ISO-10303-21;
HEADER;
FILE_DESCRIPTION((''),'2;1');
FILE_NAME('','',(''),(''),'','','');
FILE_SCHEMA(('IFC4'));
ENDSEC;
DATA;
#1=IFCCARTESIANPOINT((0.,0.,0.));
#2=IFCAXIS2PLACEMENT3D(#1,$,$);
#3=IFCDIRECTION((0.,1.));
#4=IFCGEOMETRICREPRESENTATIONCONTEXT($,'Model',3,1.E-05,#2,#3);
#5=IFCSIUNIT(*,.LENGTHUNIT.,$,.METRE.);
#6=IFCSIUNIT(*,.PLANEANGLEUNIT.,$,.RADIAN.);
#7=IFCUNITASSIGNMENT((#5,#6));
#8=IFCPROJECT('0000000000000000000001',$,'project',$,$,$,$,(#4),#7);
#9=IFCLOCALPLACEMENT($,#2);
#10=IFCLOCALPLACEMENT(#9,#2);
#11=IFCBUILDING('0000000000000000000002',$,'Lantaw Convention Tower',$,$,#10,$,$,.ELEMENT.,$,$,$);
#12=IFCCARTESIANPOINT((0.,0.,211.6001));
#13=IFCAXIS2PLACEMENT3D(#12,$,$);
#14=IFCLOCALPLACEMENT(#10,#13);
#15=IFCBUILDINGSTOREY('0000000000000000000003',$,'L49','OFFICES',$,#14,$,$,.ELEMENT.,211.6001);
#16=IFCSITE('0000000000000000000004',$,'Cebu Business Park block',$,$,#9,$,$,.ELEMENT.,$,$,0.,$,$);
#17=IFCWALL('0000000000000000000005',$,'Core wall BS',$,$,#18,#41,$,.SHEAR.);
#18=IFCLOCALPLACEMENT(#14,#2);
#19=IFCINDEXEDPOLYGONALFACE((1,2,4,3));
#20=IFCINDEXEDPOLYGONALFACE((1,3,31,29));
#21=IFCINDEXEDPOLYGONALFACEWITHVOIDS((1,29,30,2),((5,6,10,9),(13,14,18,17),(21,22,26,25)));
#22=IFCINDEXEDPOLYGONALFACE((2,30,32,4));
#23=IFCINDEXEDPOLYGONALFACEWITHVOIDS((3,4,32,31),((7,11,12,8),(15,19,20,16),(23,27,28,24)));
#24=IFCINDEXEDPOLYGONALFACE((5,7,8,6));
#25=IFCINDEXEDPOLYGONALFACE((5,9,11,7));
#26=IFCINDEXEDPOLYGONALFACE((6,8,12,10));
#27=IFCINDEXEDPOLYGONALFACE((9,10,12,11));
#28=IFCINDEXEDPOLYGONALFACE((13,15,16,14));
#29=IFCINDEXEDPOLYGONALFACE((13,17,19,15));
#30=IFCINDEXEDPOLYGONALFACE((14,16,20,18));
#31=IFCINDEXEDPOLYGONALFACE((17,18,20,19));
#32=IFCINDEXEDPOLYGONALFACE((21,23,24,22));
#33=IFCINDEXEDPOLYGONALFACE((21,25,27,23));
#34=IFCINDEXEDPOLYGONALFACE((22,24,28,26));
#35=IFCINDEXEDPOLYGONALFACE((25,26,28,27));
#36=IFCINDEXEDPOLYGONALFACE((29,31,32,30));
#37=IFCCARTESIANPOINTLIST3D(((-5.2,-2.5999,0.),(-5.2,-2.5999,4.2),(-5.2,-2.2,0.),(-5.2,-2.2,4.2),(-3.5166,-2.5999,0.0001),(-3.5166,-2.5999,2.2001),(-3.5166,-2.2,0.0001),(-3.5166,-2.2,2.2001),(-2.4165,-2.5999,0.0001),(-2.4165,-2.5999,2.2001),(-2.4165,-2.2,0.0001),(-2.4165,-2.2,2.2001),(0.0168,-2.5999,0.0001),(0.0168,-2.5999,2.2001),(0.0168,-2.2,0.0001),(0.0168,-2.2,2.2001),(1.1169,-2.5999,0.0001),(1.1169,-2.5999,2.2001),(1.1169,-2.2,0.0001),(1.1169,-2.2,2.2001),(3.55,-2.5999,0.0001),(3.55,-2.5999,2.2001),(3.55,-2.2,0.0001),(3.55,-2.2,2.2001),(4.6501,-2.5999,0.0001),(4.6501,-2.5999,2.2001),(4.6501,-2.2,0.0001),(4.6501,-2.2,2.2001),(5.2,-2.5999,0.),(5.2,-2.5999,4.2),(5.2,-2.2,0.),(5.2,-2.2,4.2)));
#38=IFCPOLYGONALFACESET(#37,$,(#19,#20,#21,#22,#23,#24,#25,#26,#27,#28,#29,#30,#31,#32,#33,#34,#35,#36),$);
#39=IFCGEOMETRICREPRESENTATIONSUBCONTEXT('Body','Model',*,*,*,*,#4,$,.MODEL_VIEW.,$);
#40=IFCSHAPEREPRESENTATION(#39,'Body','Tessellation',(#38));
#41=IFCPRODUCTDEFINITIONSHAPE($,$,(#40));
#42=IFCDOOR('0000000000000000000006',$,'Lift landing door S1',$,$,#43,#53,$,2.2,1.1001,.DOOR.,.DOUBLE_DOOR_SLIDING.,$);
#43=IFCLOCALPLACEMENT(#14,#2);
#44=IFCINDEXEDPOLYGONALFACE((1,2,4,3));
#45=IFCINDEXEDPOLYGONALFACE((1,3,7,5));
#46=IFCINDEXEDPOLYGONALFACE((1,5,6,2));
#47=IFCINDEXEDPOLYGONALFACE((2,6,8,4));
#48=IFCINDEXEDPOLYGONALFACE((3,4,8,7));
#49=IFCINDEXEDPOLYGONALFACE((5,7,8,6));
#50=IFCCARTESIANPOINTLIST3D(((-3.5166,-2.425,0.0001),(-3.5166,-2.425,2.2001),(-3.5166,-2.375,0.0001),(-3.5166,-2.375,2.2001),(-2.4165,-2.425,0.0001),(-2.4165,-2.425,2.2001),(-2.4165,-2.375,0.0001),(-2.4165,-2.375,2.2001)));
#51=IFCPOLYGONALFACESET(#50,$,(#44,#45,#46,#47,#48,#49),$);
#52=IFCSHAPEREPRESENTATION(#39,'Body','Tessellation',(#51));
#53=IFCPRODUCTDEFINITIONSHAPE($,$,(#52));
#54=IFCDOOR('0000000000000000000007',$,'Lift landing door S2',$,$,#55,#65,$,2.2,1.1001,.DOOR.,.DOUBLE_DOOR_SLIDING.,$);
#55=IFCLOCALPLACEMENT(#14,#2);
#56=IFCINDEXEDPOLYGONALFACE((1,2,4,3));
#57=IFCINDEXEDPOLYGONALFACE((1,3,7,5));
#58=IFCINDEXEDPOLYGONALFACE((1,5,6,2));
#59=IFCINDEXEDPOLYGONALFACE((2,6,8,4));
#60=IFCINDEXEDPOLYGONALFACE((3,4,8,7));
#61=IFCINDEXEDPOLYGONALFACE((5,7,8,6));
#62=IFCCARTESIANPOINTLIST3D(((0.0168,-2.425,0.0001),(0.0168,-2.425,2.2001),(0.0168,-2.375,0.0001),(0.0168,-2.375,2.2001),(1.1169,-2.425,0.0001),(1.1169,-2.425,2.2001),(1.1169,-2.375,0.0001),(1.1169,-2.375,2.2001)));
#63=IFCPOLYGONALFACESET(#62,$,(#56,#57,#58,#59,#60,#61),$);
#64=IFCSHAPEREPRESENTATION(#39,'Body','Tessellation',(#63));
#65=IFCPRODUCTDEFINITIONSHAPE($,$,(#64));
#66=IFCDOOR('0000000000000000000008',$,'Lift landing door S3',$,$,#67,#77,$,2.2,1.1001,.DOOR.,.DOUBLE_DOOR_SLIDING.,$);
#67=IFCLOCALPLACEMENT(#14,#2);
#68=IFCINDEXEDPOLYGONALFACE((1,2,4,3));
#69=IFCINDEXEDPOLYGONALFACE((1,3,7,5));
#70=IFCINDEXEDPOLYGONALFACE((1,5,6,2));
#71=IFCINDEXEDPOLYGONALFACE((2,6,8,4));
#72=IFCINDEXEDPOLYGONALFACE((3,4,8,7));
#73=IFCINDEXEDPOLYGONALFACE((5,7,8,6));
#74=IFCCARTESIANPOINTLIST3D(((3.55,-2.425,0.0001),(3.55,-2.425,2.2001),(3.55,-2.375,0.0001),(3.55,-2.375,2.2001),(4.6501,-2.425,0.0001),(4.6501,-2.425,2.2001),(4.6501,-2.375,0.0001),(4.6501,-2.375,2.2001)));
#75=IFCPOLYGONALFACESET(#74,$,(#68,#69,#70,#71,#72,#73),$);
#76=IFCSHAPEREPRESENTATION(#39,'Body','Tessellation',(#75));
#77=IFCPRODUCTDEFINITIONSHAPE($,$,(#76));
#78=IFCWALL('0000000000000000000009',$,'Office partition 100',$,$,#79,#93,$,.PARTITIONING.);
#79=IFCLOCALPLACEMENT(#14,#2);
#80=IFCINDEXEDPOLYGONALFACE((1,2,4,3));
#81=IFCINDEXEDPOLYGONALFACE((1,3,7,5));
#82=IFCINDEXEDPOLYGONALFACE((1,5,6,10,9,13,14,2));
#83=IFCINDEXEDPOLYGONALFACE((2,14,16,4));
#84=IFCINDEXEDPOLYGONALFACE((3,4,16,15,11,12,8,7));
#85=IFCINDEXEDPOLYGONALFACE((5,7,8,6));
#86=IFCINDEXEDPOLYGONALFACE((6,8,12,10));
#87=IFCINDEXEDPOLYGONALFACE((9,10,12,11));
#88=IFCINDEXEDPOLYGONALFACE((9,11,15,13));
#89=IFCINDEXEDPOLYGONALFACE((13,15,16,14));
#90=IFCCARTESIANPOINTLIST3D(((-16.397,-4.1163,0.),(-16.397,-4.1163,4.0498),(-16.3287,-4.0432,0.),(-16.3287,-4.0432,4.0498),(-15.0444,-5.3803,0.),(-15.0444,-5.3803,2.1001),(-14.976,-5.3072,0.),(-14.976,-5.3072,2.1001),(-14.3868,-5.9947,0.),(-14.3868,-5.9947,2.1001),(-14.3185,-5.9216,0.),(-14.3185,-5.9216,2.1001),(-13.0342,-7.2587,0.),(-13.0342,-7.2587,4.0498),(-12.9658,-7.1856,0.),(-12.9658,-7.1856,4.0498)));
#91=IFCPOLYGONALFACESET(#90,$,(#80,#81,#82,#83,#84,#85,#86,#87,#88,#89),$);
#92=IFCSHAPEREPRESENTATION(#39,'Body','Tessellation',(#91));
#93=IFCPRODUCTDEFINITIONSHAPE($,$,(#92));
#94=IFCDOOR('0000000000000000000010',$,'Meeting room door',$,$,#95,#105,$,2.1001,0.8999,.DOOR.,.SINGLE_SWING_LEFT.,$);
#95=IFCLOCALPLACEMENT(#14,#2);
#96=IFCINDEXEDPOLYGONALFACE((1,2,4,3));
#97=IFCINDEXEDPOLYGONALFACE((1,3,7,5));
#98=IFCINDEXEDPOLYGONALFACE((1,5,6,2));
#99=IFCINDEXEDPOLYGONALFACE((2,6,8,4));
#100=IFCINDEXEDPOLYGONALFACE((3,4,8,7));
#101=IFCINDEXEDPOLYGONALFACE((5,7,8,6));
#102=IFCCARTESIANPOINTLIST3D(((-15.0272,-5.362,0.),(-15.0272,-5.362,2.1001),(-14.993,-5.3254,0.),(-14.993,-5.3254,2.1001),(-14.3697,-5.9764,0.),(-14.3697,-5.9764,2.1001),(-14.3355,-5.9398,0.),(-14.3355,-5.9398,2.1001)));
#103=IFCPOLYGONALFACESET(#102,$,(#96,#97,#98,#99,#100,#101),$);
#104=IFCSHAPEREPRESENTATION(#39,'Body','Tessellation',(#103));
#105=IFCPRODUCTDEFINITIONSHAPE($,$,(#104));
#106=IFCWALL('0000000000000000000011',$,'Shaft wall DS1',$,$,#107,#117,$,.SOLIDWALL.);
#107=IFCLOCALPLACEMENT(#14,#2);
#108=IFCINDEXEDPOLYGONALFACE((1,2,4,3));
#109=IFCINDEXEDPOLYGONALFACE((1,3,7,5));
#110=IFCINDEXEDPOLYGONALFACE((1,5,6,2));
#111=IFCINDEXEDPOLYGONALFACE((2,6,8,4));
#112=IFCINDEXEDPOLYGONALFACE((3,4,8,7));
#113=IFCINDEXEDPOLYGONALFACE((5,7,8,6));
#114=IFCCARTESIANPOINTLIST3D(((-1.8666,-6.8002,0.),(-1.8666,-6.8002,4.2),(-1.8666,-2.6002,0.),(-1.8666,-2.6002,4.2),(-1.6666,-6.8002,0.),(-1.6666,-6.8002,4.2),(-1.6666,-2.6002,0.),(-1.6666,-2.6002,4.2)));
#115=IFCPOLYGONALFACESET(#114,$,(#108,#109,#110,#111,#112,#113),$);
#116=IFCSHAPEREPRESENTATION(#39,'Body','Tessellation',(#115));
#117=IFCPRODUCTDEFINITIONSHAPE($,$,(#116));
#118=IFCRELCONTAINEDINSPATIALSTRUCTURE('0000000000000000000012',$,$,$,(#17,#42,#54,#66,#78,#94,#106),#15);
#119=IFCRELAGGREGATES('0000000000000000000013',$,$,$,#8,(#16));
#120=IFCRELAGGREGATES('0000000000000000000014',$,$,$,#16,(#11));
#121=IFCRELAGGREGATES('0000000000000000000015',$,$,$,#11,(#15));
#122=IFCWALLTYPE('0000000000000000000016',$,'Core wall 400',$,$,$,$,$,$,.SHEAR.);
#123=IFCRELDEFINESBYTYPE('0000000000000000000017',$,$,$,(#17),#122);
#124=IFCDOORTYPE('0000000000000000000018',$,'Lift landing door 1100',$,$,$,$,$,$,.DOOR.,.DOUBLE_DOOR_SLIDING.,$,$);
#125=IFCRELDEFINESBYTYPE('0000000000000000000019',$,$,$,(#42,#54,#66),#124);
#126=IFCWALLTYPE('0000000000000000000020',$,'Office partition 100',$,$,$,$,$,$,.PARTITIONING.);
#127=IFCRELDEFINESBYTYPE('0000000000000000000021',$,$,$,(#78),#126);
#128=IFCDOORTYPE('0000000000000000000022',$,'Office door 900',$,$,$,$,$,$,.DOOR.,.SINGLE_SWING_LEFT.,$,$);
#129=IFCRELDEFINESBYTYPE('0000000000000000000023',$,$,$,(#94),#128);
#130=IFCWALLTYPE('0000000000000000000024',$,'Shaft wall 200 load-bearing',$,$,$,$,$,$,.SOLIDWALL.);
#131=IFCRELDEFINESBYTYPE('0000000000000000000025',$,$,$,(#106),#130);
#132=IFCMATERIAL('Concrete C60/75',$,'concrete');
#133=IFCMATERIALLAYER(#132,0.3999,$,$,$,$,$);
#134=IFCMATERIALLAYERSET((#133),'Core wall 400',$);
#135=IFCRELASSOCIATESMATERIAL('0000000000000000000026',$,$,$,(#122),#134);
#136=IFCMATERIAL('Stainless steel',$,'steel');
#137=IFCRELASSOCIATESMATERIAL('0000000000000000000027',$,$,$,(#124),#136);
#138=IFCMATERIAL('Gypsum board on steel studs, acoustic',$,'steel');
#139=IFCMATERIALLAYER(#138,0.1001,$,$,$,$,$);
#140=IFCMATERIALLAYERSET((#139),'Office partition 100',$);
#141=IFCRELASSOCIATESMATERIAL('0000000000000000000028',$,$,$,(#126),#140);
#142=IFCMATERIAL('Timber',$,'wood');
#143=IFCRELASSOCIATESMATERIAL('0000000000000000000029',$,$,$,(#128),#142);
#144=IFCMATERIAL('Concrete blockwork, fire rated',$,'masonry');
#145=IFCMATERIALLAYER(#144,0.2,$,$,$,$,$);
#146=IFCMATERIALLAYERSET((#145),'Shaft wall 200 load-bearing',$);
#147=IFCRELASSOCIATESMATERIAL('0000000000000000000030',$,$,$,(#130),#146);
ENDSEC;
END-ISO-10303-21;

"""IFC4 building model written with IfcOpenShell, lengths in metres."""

from ifc_helpers import new_model, si_unit, direction, frame, frame_2d, origin, place, context, subcontext, project, spatial, rectangle, extrude, material, layer, layer_set, type_object, element, fill, save


model = new_model("IFC4")

# Units and contexts
model_context = context("Model", 3, precision=1e-05, world=origin(), true_north=direction((0.0, 1.0)))
body_context = subcontext(model_context, "Body", "Model", "MODEL_VIEW")
ifc_project = project(units=[si_unit("LENGTHUNIT", "METRE"), si_unit("PLANEANGLEUNIT", "RADIAN")], contexts=[model_context])

# Site, building, storey
site_placement = place(None, origin())
site = spatial("IfcSite", under=ifc_project, at=site_placement, Name="Cebu Business Park block", CompositionType="ELEMENT", RefElevation=0.0)
building_placement = place(site_placement, origin())
building = spatial("IfcBuilding", under=site, at=building_placement, Name="Lantaw Convention Tower", CompositionType="ELEMENT")
storey_placement = place(building_placement, frame((0.0, 0.0, 211.6001)))
storey = spatial("IfcBuildingStorey", under=building, at=storey_placement, Name="L49", Description="OFFICES", CompositionType="ELEMENT", Elevation=211.6001)

# Shared definitions
ifc_material_1 = material(Name="Concrete C60/75", Category="concrete")

# Wall, openings, doors
ifc_layer_1 = layer(ifc_material_1, 0.3999)
ifc_layer_set_1 = layer_set([ifc_layer_1], Name="Core wall 400")
wall_type_1 = type_object("IfcWallType", Name="Core wall 400", PredefinedType="SHEAR", material=ifc_layer_set_1)
wall_1_placement = place(storey_placement, frame((-5.2, -2.3999, 0.0), z_axis=(0.0, 0.0, 1.0), x_axis=(1.0, 0.0, 0.0)))
wall_1 = element("IfcWall", 1, at=wall_1_placement, inside=storey, type_object=wall_type_1, Name="Core wall BS", PredefinedType="SHEAR", context=body_context, shape_type="SweptSolid", body=[
    extrude(rectangle(XDim=10.3999, YDim=0.3999, at=frame_2d((5.2, 0.0))), origin(), (0.0, 0.0, 1.0), 4.2),
])
opening_1_placement = place(wall_1_placement, frame((1.6833, 0.0, 0.0)))
opening_1 = element("IfcOpeningElement", 2, at=opening_1_placement, cuts=wall_1, PredefinedType="OPENING", context=body_context, shape_type="SweptSolid", body=[
    extrude(rectangle(XDim=1.1001, YDim=2.2, at=frame_2d((0.55, 1.1001))), frame((0.0, 0.21, 0.0), z_axis=(0.0, -1.0, 0.0), x_axis=(1.0, 0.0, 0.0)), (0.0, 0.0, 1.0), 0.4199),
])
opening_2_placement = place(wall_1_placement, frame((5.2168, 0.0, 0.0)))
opening_2 = element("IfcOpeningElement", 3, at=opening_2_placement, cuts=wall_1, PredefinedType="OPENING", context=body_context, shape_type="SweptSolid", body=[
    extrude(rectangle(XDim=1.1001, YDim=2.2, at=frame_2d((0.55, 1.1001))), frame((0.0, 0.21, 0.0), z_axis=(0.0, -1.0, 0.0), x_axis=(1.0, 0.0, 0.0)), (0.0, 0.0, 1.0), 0.4199),
])
opening_3_placement = place(wall_1_placement, frame((8.75, 0.0, 0.0)))
opening_3 = element("IfcOpeningElement", 4, at=opening_3_placement, cuts=wall_1, PredefinedType="OPENING", context=body_context, shape_type="SweptSolid", body=[
    extrude(rectangle(XDim=1.1001, YDim=2.2, at=frame_2d((0.55, 1.1001))), frame((0.0, 0.21, 0.0), z_axis=(0.0, -1.0, 0.0), x_axis=(1.0, 0.0, 0.0)), (0.0, 0.0, 1.0), 0.4199),
])
ifc_material_2 = material(Name="Stainless steel", Category="steel")
door_type_1 = type_object("IfcDoorType", Name="Lift landing door 1100", OperationType="DOUBLE_DOOR_SLIDING", PredefinedType="DOOR", material=ifc_material_2)
door_1_placement = place(opening_1_placement, origin())
door_1 = element("IfcDoor", 5, at=door_1_placement, inside=storey, type_object=door_type_1, Name="Lift landing door S1", OperationType="DOUBLE_DOOR_SLIDING", OverallHeight=2.2, OverallWidth=1.1001, PredefinedType="DOOR", context=body_context, shape_type="SweptSolid", body=[
    extrude(rectangle(XDim=1.1001, YDim=2.2, at=frame_2d((0.55, 1.1001))), frame((0.0, 0.0249, 0.0), z_axis=(0.0, -1.0, 0.0), x_axis=(1.0, 0.0, 0.0)), (0.0, 0.0, 1.0), 0.05),
])
fill(opening_1, door_1)
door_2_placement = place(opening_2_placement, origin())
door_2 = element("IfcDoor", 6, at=door_2_placement, inside=storey, type_object=door_type_1, Name="Lift landing door S2", OperationType="DOUBLE_DOOR_SLIDING", OverallHeight=2.2, OverallWidth=1.1001, PredefinedType="DOOR", context=body_context, shape_type="SweptSolid", body=[
    extrude(rectangle(XDim=1.1001, YDim=2.2, at=frame_2d((0.55, 1.1001))), frame((0.0, 0.0249, 0.0), z_axis=(0.0, -1.0, 0.0), x_axis=(1.0, 0.0, 0.0)), (0.0, 0.0, 1.0), 0.05),
])
fill(opening_2, door_2)
door_3_placement = place(opening_3_placement, origin())
door_3 = element("IfcDoor", 7, at=door_3_placement, inside=storey, type_object=door_type_1, Name="Lift landing door S3", OperationType="DOUBLE_DOOR_SLIDING", OverallHeight=2.2, OverallWidth=1.1001, PredefinedType="DOOR", context=body_context, shape_type="SweptSolid", body=[
    extrude(rectangle(XDim=1.1001, YDim=2.2, at=frame_2d((0.55, 1.1001))), frame((0.0, 0.0249, 0.0), z_axis=(0.0, -1.0, 0.0), x_axis=(1.0, 0.0, 0.0)), (0.0, 0.0, 1.0), 0.05),
])
fill(opening_3, door_3)

# Wall, opening, door
ifc_material_3 = material(Name="Gypsum board on steel studs, acoustic", Category="steel")
ifc_layer_2 = layer(ifc_material_3, 0.1001)
ifc_layer_set_2 = layer_set([ifc_layer_2], Name="Office partition 100")
wall_type_2 = type_object("IfcWallType", Name="Office partition 100", PredefinedType="PARTITIONING", material=ifc_layer_set_2)
wall_2_placement = place(storey_placement, frame((-13.0, -7.2222, 0.0), z_axis=(0.0, 0.0, 1.0), x_axis=(-0.730651, 0.682751, 0.0)))
wall_2 = element("IfcWall", 8, at=wall_2_placement, inside=storey, type_object=wall_type_2, Name="Office partition 100", PredefinedType="PARTITIONING", context=body_context, shape_type="SweptSolid", body=[
    extrude(rectangle(XDim=4.6025, YDim=0.1001, at=frame_2d((2.3013, 0.0))), origin(), (0.0, 0.0, 1.0), 4.0498),
])
opening_4_placement = place(wall_2_placement, frame((1.8513, 0.0, 0.0)))
opening_4 = element("IfcOpeningElement", 9, at=opening_4_placement, cuts=wall_2, PredefinedType="OPENING", context=body_context, shape_type="SweptSolid", body=[
    extrude(rectangle(XDim=0.8999, YDim=2.1001, at=frame_2d((0.45, 1.05))), frame((0.0, 0.0601, 0.0), z_axis=(0.0, -1.0, 0.0), x_axis=(1.0, 0.0, 0.0)), (0.0, 0.0, 1.0), 0.1201),
])
ifc_material_4 = material(Name="Timber", Category="wood")
door_type_2 = type_object("IfcDoorType", Name="Office door 900", OperationType="SINGLE_SWING_LEFT", PredefinedType="DOOR", material=ifc_material_4)
door_4_placement = place(opening_4_placement, origin())
door_4 = element("IfcDoor", 10, at=door_4_placement, inside=storey, type_object=door_type_2, Name="Meeting room door", OperationType="SINGLE_SWING_LEFT", OverallHeight=2.1001, OverallWidth=0.8999, PredefinedType="DOOR", context=body_context, shape_type="SweptSolid", body=[
    extrude(rectangle(XDim=0.8999, YDim=2.1001, at=frame_2d((0.45, 1.05))), frame((0.0, 0.0249, 0.0), z_axis=(0.0, -1.0, 0.0), x_axis=(1.0, 0.0, 0.0)), (0.0, 0.0, 1.0), 0.05),
])
fill(opening_4, door_4)

# Wall
ifc_material_5 = material(Name="Concrete blockwork, fire rated", Category="masonry")
ifc_layer_3 = layer(ifc_material_5, 0.2)
ifc_layer_set_3 = layer_set([ifc_layer_3], Name="Shaft wall 200 load-bearing")
wall_type_3 = type_object("IfcWallType", Name="Shaft wall 200 load-bearing", PredefinedType="SOLIDWALL", material=ifc_layer_set_3)
wall_3_placement = place(storey_placement, frame((-1.7666, -2.6001, 0.0), z_axis=(0.0, 0.0, 1.0), x_axis=(0.0, -1.0, 0.0)))
element("IfcWall", 11, at=wall_3_placement, inside=storey, type_object=wall_type_3, Name="Shaft wall DS1", PredefinedType="SOLIDWALL", context=body_context, shape_type="SweptSolid", body=[
    extrude(rectangle(XDim=4.2, YDim=0.2, at=frame_2d((2.1001, 0.0))), origin(), (0.0, 0.0, 1.0), 4.2),
])

save(model, "model.ifc")
